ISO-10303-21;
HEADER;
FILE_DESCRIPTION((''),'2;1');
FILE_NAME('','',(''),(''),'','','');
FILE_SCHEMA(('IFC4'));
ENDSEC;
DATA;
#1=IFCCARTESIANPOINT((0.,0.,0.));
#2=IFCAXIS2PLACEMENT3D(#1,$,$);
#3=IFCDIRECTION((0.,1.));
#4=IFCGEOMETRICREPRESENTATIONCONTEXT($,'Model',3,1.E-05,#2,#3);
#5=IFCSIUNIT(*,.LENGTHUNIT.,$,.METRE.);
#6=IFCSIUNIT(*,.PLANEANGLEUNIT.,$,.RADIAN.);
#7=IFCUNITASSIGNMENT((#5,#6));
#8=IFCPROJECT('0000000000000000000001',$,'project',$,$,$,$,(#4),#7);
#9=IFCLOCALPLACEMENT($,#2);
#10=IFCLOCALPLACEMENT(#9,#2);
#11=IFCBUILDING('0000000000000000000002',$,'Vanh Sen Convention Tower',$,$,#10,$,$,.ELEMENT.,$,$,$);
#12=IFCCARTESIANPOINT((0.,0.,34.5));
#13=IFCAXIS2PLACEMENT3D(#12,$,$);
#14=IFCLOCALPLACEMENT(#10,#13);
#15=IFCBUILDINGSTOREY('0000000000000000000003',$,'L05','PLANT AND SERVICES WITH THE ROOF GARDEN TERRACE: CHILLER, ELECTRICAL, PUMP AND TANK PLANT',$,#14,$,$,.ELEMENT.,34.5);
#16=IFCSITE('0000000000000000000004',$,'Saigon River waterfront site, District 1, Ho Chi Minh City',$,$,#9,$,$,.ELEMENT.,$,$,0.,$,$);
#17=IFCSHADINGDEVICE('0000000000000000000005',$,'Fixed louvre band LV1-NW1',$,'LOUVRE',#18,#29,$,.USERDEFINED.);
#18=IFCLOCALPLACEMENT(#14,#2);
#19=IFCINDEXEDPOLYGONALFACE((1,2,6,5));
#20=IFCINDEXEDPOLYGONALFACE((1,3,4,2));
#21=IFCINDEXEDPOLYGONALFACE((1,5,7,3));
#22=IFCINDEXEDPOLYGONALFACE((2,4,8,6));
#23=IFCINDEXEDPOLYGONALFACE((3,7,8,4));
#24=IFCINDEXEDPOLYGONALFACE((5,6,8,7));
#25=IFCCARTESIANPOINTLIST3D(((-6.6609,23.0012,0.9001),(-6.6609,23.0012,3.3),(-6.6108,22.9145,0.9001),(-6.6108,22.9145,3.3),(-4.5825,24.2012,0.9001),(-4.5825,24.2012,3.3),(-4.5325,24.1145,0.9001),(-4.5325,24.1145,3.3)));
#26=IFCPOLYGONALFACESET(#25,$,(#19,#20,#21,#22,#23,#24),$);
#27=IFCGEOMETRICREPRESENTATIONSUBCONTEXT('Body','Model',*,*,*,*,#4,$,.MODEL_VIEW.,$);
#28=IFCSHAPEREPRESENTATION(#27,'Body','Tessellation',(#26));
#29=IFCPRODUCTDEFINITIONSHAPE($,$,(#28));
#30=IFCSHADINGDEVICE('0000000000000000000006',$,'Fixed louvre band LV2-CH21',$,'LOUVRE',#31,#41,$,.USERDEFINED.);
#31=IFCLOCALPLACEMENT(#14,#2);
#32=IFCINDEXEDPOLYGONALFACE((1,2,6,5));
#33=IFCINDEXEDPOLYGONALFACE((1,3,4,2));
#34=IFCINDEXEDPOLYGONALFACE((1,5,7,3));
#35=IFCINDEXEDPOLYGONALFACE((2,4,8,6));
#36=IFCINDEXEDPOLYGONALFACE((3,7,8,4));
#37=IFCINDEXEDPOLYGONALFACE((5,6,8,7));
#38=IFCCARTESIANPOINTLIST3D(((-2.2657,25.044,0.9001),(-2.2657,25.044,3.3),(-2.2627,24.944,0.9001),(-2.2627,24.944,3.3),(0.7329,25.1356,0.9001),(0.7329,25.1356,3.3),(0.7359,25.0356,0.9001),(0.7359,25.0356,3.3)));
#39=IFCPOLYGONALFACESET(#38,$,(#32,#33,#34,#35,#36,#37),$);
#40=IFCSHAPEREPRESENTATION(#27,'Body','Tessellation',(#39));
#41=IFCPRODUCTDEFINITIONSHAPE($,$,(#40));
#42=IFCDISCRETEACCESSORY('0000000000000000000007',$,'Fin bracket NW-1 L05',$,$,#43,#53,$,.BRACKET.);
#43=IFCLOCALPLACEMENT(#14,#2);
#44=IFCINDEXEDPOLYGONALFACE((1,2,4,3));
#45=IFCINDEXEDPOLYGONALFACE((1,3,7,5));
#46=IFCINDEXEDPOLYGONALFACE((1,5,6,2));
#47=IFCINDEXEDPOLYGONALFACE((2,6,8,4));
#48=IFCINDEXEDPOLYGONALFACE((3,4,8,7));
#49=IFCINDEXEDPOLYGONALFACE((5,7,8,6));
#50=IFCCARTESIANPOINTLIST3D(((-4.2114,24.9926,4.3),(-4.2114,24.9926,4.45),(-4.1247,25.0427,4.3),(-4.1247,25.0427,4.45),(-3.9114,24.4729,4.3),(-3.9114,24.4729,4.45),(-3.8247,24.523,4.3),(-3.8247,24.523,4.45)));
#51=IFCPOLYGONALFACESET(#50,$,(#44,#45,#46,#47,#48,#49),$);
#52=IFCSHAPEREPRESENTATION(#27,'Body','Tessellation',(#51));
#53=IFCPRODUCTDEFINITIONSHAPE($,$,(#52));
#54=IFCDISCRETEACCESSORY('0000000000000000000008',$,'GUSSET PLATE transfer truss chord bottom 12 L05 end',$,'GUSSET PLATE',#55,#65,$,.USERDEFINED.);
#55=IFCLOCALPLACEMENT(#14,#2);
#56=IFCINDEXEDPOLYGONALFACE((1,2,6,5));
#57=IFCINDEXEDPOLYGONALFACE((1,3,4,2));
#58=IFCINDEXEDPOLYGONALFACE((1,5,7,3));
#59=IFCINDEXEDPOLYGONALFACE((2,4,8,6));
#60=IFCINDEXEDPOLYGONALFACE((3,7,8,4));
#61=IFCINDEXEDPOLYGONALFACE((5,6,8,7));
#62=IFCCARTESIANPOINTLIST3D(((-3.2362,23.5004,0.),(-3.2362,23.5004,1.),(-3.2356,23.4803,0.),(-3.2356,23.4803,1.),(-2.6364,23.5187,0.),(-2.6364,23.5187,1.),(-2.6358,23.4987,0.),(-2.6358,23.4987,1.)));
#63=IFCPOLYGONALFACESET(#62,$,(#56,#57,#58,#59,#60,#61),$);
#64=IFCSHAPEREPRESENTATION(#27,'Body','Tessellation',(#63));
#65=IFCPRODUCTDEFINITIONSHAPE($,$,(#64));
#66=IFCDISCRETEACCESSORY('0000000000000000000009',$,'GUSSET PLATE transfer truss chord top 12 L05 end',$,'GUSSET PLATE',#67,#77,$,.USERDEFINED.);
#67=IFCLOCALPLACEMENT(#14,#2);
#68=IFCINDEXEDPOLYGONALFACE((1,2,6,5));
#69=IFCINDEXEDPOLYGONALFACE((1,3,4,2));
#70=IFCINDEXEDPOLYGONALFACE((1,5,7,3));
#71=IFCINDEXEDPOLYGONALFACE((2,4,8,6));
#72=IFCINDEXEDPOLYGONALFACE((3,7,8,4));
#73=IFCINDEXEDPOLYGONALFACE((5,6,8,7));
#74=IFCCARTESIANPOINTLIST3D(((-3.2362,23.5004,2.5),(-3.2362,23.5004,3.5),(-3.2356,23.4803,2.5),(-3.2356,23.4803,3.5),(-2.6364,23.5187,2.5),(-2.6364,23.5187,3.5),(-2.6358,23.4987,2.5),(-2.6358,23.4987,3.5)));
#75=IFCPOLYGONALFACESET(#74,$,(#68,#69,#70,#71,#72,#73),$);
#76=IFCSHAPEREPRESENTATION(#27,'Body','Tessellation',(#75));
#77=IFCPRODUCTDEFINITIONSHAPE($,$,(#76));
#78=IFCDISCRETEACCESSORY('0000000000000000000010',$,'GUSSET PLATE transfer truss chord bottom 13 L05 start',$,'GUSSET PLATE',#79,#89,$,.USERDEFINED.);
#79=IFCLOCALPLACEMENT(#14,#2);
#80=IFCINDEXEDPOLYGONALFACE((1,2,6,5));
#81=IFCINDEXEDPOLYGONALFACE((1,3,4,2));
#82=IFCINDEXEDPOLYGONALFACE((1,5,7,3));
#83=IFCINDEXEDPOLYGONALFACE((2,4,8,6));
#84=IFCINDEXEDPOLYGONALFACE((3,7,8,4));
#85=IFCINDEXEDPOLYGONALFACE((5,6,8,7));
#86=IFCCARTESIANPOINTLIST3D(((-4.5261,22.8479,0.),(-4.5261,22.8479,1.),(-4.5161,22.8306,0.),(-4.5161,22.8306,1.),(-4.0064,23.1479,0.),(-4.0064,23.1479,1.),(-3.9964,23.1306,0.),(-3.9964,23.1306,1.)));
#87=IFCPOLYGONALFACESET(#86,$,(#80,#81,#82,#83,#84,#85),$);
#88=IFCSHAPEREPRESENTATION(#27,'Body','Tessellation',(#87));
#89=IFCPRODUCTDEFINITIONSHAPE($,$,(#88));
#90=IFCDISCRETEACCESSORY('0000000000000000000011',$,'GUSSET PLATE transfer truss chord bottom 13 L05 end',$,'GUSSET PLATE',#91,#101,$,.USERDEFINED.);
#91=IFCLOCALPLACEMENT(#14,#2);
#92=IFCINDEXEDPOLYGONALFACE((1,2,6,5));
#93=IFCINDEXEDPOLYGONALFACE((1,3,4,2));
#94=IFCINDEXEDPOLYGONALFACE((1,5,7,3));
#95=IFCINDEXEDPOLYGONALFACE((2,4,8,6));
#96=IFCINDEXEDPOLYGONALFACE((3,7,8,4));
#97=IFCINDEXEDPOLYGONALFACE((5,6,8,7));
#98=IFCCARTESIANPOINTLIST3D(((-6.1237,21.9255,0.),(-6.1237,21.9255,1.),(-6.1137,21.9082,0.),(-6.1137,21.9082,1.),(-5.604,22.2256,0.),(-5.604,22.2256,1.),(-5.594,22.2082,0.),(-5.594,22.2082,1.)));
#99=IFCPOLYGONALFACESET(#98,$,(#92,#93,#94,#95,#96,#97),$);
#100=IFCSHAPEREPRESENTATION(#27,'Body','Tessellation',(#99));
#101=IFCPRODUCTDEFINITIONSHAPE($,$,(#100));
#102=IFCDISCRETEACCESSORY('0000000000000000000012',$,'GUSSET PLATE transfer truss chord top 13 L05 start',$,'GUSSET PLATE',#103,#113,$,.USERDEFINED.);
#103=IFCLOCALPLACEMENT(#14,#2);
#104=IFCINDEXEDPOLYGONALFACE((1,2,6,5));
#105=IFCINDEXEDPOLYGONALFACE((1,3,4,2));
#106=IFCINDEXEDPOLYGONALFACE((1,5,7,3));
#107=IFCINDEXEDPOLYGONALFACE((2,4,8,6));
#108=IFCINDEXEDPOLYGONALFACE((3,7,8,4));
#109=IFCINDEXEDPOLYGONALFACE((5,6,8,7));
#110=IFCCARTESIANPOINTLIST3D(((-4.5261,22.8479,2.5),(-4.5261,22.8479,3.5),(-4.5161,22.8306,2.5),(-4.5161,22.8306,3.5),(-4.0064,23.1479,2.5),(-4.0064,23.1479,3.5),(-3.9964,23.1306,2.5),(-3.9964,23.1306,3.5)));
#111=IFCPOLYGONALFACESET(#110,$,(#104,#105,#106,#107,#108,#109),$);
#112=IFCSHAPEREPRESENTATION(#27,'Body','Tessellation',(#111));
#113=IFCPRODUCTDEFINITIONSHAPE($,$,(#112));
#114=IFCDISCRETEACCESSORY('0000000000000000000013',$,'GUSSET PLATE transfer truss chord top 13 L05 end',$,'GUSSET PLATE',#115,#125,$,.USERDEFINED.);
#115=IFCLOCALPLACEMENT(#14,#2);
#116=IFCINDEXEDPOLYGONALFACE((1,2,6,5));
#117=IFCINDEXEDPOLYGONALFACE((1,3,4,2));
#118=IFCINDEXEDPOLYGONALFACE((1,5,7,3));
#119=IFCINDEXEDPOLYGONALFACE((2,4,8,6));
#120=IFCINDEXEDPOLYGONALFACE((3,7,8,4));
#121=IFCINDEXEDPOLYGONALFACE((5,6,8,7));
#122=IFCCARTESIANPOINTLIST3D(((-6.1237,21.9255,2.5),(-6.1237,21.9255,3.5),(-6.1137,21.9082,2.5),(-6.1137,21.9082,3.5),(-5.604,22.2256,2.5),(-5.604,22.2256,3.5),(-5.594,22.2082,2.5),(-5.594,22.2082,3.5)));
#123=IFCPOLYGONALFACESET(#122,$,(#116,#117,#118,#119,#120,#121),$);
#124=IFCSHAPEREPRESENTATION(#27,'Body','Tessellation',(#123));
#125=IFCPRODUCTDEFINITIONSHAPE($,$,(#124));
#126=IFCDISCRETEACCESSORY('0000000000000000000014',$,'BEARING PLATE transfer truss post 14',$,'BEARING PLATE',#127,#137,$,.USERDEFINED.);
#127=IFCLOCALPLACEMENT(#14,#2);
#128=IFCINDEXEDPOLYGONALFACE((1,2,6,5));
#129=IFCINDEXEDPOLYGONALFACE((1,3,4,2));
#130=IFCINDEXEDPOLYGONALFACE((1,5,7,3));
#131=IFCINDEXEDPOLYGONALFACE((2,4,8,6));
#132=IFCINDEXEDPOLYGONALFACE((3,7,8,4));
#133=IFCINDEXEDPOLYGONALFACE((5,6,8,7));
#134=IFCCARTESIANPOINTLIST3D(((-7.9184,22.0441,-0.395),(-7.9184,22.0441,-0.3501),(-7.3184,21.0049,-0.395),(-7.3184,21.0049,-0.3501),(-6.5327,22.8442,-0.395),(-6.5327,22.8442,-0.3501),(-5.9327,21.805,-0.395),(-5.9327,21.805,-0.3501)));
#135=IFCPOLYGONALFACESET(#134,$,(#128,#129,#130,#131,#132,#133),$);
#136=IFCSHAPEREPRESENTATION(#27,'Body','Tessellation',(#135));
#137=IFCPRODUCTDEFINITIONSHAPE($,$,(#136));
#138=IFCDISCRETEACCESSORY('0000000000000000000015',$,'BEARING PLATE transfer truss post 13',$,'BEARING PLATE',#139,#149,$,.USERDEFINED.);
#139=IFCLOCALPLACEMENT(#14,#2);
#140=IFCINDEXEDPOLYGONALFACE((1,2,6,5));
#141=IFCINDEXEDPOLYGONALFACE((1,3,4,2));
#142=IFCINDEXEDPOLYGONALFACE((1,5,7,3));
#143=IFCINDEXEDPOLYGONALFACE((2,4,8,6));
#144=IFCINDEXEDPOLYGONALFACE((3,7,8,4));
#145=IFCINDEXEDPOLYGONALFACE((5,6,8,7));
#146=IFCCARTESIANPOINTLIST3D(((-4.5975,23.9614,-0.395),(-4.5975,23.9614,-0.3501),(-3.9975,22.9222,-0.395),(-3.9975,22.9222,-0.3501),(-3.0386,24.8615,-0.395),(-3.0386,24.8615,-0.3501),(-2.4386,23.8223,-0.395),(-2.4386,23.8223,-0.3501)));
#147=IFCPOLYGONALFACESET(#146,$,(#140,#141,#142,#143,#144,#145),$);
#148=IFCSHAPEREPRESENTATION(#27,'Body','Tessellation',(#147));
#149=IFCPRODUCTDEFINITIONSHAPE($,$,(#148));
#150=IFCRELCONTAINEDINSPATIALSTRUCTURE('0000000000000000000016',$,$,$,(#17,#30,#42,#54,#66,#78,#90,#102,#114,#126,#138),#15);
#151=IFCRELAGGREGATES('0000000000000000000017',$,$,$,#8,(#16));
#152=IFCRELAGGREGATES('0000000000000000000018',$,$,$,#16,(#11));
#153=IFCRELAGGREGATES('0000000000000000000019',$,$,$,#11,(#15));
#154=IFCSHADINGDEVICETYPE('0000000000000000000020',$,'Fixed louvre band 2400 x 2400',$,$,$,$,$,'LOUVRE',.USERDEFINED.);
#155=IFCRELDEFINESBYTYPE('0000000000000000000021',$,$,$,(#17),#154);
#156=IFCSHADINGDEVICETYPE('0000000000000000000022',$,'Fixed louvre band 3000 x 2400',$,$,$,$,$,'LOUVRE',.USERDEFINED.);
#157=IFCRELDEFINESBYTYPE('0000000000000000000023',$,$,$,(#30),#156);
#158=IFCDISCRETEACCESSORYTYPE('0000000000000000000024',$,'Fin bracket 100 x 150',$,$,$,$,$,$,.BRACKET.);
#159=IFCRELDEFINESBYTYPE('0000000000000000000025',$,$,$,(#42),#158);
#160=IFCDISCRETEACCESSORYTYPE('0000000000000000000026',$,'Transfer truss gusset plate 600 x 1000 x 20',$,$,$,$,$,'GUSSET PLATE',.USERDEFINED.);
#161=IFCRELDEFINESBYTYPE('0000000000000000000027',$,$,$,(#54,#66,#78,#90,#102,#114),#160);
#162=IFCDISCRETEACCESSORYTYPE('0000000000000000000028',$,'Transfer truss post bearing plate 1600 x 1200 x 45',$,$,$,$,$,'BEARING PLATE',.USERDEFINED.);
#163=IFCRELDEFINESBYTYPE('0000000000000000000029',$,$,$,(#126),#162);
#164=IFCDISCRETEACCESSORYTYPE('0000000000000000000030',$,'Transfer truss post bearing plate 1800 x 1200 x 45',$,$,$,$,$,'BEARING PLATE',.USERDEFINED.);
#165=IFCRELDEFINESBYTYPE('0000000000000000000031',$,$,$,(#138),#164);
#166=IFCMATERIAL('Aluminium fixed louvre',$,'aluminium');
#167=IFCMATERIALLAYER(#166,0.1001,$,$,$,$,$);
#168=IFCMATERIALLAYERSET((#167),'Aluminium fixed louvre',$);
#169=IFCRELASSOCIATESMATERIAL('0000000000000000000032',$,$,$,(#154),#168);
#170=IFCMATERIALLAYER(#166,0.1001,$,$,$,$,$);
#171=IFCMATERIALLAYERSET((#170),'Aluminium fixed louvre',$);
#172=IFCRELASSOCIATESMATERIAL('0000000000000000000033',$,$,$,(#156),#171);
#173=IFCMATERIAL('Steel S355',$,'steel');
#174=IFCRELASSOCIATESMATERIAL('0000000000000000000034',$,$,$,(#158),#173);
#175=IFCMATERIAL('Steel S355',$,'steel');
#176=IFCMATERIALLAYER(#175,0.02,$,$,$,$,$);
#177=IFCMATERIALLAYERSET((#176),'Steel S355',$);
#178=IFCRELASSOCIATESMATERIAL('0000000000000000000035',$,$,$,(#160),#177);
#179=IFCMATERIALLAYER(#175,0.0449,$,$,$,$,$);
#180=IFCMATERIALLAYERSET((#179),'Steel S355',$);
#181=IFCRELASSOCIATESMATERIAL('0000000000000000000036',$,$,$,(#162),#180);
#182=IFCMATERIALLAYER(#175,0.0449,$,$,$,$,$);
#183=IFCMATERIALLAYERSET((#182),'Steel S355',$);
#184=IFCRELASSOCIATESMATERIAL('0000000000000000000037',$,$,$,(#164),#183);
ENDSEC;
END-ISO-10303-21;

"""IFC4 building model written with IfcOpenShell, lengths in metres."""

from ifc_helpers import new_model, si_unit, direction, frame, origin, origin_2d, place, context, subcontext, project, spatial, rectangle, extrude, material, layer, layer_set, type_object, element, save


model = new_model("IFC4")

# Units and contexts
model_context = context("Model", 3, precision=1e-05, world=origin(), true_north=direction((0.0, 1.0)))
body_context = subcontext(model_context, "Body", "Model", "MODEL_VIEW")
ifc_project = project(units=[si_unit("LENGTHUNIT", "METRE"), si_unit("PLANEANGLEUNIT", "RADIAN")], contexts=[model_context])

# Site, building, storey
site_placement = place(None, origin())
site = spatial("IfcSite", under=ifc_project, at=site_placement, Name="Saigon River waterfront site, District 1, Ho Chi Minh City", CompositionType="ELEMENT", RefElevation=0.0)
building_placement = place(site_placement, origin())
building = spatial("IfcBuilding", under=site, at=building_placement, Name="Vanh Sen Convention Tower", CompositionType="ELEMENT")
storey_placement = place(building_placement, frame((0.0, 0.0, 34.5)))
storey = spatial("IfcBuildingStorey", under=building, at=storey_placement, Name="L05", Description="PLANT AND SERVICES WITH THE ROOF GARDEN TERRACE: CHILLER, ELECTRICAL, PUMP AND TANK PLANT", CompositionType="ELEMENT", Elevation=34.5)

# Shared definitions
ifc_material_1 = material(Name="Steel S355", Category="steel")

# Shading devices
ifc_material_2 = material(Name="Aluminium fixed louvre", Category="aluminium")
ifc_layer_1 = layer(ifc_material_2, 0.1001)
ifc_layer_set_1 = layer_set([ifc_layer_1], Name="Aluminium fixed louvre")
shading_device_type_1 = type_object("IfcShadingDeviceType", Name="Fixed louvre band 2400 x 2400", ElementType="LOUVRE", PredefinedType="USERDEFINED", material=ifc_layer_set_1)
shading_device_1_placement = place(storey_placement, frame((-5.5967, 23.5579, 0.9001), z_axis=(0.0, 0.0, 1.0), x_axis=(-0.866025, -0.500002, 0.0)))
element("IfcShadingDevice", 1, at=shading_device_1_placement, inside=storey, type_object=shading_device_type_1, Name="Fixed louvre band LV1-NW1", ObjectType="LOUVRE", PredefinedType="USERDEFINED", context=body_context, shape_type="SweptSolid", body=[
    extrude(rectangle(XDim=2.3999, YDim=0.1001, at=origin_2d()), origin(), (0.0, 0.0, 1.0), 2.3999),
])
ifc_layer_2 = layer(ifc_material_2, 0.1001)
ifc_layer_set_2 = layer_set([ifc_layer_2], Name="Aluminium fixed louvre")
shading_device_type_2 = type_object("IfcShadingDeviceType", Name="Fixed louvre band 3000 x 2400", ElementType="LOUVRE", PredefinedType="USERDEFINED", material=ifc_layer_set_2)
shading_device_2_placement = place(storey_placement, frame((-0.7649, 25.0398, 0.9001), z_axis=(0.0, 0.0, 1.0), x_axis=(-0.999533, -0.030545, 0.0)))
element("IfcShadingDevice", 2, at=shading_device_2_placement, inside=storey, type_object=shading_device_type_2, Name="Fixed louvre band LV2-CH21", ObjectType="LOUVRE", PredefinedType="USERDEFINED", context=body_context, shape_type="SweptSolid", body=[
    extrude(rectangle(XDim=3.0, YDim=0.1001, at=origin_2d()), origin(), (0.0, 0.0, 1.0), 2.3999),
])

# Discrete accessories
ifc_material_3 = material(Name="Steel S355", Category="steel")
discrete_accessory_type_1 = type_object("IfcDiscreteAccessoryType", Name="Fin bracket 100 x 150", PredefinedType="BRACKET", material=ifc_material_3)
discrete_accessory_1_placement = place(storey_placement, frame((-4.0181, 24.7578, 4.3), z_axis=(0.0, 0.0, 1.0), x_axis=(-0.5, 0.866025, 0.0)))
element("IfcDiscreteAccessory", 3, at=discrete_accessory_1_placement, inside=storey, type_object=discrete_accessory_type_1, Name="Fin bracket NW-1 L05", PredefinedType="BRACKET", context=body_context, shape_type="SweptSolid", body=[
    extrude(rectangle(XDim=0.6001, YDim=0.1001, at=origin_2d()), origin(), (0.0, 0.0, 1.0), 0.1499),
])
ifc_layer_3 = layer(ifc_material_1, 0.02)
ifc_layer_set_3 = layer_set([ifc_layer_3], Name="Steel S355")
discrete_accessory_type_2 = type_object("IfcDiscreteAccessoryType", Name="Transfer truss gusset plate 600 x 1000 x 20", ElementType="GUSSET PLATE", PredefinedType="USERDEFINED", material=ifc_layer_set_3)
for number, where, z_axis, x_axis, name in (
    (4, (-2.936, 23.4995, 0.0), (0.0, 0.0, 1.0), (0.999534, 0.030537, 0.0), "GUSSET PLATE transfer truss chord bottom 12 L05 end"),
    (5, (-2.936, 23.4995, 2.5), (0.0, 0.0, 1.0), (0.999534, 0.030537, 0.0), "GUSSET PLATE transfer truss chord top 12 L05 end"),
    (6, (-4.2612, 22.9893, 0.0), (0.0, 0.0, 1.0), (-0.866028, -0.499995, 0.0), "GUSSET PLATE transfer truss chord bottom 13 L05 start"),
    (7, (-5.8589, 22.0669, 0.0), (0.0, 0.0, 1.0), (0.866028, 0.499995, 0.0), "GUSSET PLATE transfer truss chord bottom 13 L05 end"),
    (8, (-4.2612, 22.9893, 2.5), (0.0, 0.0, 1.0), (-0.866028, -0.499995, 0.0), "GUSSET PLATE transfer truss chord top 13 L05 start"),
    (9, (-5.8589, 22.0669, 2.5), (0.0, 0.0, 1.0), (0.866028, 0.499995, 0.0), "GUSSET PLATE transfer truss chord top 13 L05 end"),
):
    element("IfcDiscreteAccessory", number, at=place(storey_placement, frame(where, z_axis=z_axis, x_axis=x_axis)), inside=storey, type_object=discrete_accessory_type_2, Name=name, ObjectType="GUSSET PLATE", PredefinedType="USERDEFINED", context=body_context, shape_type="SweptSolid", body=[
        extrude(rectangle(XDim=0.6001, YDim=0.02, at=origin_2d()), origin(), (0.0, 0.0, 1.0), 1.0),
    ])
ifc_layer_4 = layer(ifc_material_1, 0.0449)
ifc_layer_set_4 = layer_set([ifc_layer_4], Name="Steel S355")
discrete_accessory_type_3 = type_object("IfcDiscreteAccessoryType", Name="Transfer truss post bearing plate 1600 x 1200 x 45", ElementType="BEARING PLATE", PredefinedType="USERDEFINED", material=ifc_layer_set_4)
discrete_accessory_2_placement = place(storey_placement, frame((-6.9255, 21.9246, -0.395), z_axis=(0.0, 0.0, 1.0), x_axis=(-0.866025, -0.5, 0.0)))
element("IfcDiscreteAccessory", 10, at=discrete_accessory_2_placement, inside=storey, type_object=discrete_accessory_type_3, Name="BEARING PLATE transfer truss post 14", ObjectType="BEARING PLATE", PredefinedType="USERDEFINED", context=body_context, shape_type="SweptSolid", body=[
    extrude(rectangle(XDim=1.6001, YDim=1.2, at=origin_2d()), origin(), (0.0, 0.0, 1.0), 0.0449),
])
ifc_layer_5 = layer(ifc_material_1, 0.0449)
ifc_layer_set_5 = layer_set([ifc_layer_5], Name="Steel S355")
discrete_accessory_type_4 = type_object("IfcDiscreteAccessoryType", Name="Transfer truss post bearing plate 1800 x 1200 x 45", ElementType="BEARING PLATE", PredefinedType="USERDEFINED", material=ifc_layer_set_5)
discrete_accessory_3_placement = place(storey_placement, frame((-3.5181, 23.8918, -0.395), z_axis=(0.0, 0.0, 1.0), x_axis=(-0.866025, -0.5, 0.0)))
element("IfcDiscreteAccessory", 11, at=discrete_accessory_3_placement, inside=storey, type_object=discrete_accessory_type_4, Name="BEARING PLATE transfer truss post 13", ObjectType="BEARING PLATE", PredefinedType="USERDEFINED", context=body_context, shape_type="SweptSolid", body=[
    extrude(rectangle(XDim=1.8, YDim=1.2, at=origin_2d()), origin(), (0.0, 0.0, 1.0), 0.0449),
])

save(model, "model.ifc")
